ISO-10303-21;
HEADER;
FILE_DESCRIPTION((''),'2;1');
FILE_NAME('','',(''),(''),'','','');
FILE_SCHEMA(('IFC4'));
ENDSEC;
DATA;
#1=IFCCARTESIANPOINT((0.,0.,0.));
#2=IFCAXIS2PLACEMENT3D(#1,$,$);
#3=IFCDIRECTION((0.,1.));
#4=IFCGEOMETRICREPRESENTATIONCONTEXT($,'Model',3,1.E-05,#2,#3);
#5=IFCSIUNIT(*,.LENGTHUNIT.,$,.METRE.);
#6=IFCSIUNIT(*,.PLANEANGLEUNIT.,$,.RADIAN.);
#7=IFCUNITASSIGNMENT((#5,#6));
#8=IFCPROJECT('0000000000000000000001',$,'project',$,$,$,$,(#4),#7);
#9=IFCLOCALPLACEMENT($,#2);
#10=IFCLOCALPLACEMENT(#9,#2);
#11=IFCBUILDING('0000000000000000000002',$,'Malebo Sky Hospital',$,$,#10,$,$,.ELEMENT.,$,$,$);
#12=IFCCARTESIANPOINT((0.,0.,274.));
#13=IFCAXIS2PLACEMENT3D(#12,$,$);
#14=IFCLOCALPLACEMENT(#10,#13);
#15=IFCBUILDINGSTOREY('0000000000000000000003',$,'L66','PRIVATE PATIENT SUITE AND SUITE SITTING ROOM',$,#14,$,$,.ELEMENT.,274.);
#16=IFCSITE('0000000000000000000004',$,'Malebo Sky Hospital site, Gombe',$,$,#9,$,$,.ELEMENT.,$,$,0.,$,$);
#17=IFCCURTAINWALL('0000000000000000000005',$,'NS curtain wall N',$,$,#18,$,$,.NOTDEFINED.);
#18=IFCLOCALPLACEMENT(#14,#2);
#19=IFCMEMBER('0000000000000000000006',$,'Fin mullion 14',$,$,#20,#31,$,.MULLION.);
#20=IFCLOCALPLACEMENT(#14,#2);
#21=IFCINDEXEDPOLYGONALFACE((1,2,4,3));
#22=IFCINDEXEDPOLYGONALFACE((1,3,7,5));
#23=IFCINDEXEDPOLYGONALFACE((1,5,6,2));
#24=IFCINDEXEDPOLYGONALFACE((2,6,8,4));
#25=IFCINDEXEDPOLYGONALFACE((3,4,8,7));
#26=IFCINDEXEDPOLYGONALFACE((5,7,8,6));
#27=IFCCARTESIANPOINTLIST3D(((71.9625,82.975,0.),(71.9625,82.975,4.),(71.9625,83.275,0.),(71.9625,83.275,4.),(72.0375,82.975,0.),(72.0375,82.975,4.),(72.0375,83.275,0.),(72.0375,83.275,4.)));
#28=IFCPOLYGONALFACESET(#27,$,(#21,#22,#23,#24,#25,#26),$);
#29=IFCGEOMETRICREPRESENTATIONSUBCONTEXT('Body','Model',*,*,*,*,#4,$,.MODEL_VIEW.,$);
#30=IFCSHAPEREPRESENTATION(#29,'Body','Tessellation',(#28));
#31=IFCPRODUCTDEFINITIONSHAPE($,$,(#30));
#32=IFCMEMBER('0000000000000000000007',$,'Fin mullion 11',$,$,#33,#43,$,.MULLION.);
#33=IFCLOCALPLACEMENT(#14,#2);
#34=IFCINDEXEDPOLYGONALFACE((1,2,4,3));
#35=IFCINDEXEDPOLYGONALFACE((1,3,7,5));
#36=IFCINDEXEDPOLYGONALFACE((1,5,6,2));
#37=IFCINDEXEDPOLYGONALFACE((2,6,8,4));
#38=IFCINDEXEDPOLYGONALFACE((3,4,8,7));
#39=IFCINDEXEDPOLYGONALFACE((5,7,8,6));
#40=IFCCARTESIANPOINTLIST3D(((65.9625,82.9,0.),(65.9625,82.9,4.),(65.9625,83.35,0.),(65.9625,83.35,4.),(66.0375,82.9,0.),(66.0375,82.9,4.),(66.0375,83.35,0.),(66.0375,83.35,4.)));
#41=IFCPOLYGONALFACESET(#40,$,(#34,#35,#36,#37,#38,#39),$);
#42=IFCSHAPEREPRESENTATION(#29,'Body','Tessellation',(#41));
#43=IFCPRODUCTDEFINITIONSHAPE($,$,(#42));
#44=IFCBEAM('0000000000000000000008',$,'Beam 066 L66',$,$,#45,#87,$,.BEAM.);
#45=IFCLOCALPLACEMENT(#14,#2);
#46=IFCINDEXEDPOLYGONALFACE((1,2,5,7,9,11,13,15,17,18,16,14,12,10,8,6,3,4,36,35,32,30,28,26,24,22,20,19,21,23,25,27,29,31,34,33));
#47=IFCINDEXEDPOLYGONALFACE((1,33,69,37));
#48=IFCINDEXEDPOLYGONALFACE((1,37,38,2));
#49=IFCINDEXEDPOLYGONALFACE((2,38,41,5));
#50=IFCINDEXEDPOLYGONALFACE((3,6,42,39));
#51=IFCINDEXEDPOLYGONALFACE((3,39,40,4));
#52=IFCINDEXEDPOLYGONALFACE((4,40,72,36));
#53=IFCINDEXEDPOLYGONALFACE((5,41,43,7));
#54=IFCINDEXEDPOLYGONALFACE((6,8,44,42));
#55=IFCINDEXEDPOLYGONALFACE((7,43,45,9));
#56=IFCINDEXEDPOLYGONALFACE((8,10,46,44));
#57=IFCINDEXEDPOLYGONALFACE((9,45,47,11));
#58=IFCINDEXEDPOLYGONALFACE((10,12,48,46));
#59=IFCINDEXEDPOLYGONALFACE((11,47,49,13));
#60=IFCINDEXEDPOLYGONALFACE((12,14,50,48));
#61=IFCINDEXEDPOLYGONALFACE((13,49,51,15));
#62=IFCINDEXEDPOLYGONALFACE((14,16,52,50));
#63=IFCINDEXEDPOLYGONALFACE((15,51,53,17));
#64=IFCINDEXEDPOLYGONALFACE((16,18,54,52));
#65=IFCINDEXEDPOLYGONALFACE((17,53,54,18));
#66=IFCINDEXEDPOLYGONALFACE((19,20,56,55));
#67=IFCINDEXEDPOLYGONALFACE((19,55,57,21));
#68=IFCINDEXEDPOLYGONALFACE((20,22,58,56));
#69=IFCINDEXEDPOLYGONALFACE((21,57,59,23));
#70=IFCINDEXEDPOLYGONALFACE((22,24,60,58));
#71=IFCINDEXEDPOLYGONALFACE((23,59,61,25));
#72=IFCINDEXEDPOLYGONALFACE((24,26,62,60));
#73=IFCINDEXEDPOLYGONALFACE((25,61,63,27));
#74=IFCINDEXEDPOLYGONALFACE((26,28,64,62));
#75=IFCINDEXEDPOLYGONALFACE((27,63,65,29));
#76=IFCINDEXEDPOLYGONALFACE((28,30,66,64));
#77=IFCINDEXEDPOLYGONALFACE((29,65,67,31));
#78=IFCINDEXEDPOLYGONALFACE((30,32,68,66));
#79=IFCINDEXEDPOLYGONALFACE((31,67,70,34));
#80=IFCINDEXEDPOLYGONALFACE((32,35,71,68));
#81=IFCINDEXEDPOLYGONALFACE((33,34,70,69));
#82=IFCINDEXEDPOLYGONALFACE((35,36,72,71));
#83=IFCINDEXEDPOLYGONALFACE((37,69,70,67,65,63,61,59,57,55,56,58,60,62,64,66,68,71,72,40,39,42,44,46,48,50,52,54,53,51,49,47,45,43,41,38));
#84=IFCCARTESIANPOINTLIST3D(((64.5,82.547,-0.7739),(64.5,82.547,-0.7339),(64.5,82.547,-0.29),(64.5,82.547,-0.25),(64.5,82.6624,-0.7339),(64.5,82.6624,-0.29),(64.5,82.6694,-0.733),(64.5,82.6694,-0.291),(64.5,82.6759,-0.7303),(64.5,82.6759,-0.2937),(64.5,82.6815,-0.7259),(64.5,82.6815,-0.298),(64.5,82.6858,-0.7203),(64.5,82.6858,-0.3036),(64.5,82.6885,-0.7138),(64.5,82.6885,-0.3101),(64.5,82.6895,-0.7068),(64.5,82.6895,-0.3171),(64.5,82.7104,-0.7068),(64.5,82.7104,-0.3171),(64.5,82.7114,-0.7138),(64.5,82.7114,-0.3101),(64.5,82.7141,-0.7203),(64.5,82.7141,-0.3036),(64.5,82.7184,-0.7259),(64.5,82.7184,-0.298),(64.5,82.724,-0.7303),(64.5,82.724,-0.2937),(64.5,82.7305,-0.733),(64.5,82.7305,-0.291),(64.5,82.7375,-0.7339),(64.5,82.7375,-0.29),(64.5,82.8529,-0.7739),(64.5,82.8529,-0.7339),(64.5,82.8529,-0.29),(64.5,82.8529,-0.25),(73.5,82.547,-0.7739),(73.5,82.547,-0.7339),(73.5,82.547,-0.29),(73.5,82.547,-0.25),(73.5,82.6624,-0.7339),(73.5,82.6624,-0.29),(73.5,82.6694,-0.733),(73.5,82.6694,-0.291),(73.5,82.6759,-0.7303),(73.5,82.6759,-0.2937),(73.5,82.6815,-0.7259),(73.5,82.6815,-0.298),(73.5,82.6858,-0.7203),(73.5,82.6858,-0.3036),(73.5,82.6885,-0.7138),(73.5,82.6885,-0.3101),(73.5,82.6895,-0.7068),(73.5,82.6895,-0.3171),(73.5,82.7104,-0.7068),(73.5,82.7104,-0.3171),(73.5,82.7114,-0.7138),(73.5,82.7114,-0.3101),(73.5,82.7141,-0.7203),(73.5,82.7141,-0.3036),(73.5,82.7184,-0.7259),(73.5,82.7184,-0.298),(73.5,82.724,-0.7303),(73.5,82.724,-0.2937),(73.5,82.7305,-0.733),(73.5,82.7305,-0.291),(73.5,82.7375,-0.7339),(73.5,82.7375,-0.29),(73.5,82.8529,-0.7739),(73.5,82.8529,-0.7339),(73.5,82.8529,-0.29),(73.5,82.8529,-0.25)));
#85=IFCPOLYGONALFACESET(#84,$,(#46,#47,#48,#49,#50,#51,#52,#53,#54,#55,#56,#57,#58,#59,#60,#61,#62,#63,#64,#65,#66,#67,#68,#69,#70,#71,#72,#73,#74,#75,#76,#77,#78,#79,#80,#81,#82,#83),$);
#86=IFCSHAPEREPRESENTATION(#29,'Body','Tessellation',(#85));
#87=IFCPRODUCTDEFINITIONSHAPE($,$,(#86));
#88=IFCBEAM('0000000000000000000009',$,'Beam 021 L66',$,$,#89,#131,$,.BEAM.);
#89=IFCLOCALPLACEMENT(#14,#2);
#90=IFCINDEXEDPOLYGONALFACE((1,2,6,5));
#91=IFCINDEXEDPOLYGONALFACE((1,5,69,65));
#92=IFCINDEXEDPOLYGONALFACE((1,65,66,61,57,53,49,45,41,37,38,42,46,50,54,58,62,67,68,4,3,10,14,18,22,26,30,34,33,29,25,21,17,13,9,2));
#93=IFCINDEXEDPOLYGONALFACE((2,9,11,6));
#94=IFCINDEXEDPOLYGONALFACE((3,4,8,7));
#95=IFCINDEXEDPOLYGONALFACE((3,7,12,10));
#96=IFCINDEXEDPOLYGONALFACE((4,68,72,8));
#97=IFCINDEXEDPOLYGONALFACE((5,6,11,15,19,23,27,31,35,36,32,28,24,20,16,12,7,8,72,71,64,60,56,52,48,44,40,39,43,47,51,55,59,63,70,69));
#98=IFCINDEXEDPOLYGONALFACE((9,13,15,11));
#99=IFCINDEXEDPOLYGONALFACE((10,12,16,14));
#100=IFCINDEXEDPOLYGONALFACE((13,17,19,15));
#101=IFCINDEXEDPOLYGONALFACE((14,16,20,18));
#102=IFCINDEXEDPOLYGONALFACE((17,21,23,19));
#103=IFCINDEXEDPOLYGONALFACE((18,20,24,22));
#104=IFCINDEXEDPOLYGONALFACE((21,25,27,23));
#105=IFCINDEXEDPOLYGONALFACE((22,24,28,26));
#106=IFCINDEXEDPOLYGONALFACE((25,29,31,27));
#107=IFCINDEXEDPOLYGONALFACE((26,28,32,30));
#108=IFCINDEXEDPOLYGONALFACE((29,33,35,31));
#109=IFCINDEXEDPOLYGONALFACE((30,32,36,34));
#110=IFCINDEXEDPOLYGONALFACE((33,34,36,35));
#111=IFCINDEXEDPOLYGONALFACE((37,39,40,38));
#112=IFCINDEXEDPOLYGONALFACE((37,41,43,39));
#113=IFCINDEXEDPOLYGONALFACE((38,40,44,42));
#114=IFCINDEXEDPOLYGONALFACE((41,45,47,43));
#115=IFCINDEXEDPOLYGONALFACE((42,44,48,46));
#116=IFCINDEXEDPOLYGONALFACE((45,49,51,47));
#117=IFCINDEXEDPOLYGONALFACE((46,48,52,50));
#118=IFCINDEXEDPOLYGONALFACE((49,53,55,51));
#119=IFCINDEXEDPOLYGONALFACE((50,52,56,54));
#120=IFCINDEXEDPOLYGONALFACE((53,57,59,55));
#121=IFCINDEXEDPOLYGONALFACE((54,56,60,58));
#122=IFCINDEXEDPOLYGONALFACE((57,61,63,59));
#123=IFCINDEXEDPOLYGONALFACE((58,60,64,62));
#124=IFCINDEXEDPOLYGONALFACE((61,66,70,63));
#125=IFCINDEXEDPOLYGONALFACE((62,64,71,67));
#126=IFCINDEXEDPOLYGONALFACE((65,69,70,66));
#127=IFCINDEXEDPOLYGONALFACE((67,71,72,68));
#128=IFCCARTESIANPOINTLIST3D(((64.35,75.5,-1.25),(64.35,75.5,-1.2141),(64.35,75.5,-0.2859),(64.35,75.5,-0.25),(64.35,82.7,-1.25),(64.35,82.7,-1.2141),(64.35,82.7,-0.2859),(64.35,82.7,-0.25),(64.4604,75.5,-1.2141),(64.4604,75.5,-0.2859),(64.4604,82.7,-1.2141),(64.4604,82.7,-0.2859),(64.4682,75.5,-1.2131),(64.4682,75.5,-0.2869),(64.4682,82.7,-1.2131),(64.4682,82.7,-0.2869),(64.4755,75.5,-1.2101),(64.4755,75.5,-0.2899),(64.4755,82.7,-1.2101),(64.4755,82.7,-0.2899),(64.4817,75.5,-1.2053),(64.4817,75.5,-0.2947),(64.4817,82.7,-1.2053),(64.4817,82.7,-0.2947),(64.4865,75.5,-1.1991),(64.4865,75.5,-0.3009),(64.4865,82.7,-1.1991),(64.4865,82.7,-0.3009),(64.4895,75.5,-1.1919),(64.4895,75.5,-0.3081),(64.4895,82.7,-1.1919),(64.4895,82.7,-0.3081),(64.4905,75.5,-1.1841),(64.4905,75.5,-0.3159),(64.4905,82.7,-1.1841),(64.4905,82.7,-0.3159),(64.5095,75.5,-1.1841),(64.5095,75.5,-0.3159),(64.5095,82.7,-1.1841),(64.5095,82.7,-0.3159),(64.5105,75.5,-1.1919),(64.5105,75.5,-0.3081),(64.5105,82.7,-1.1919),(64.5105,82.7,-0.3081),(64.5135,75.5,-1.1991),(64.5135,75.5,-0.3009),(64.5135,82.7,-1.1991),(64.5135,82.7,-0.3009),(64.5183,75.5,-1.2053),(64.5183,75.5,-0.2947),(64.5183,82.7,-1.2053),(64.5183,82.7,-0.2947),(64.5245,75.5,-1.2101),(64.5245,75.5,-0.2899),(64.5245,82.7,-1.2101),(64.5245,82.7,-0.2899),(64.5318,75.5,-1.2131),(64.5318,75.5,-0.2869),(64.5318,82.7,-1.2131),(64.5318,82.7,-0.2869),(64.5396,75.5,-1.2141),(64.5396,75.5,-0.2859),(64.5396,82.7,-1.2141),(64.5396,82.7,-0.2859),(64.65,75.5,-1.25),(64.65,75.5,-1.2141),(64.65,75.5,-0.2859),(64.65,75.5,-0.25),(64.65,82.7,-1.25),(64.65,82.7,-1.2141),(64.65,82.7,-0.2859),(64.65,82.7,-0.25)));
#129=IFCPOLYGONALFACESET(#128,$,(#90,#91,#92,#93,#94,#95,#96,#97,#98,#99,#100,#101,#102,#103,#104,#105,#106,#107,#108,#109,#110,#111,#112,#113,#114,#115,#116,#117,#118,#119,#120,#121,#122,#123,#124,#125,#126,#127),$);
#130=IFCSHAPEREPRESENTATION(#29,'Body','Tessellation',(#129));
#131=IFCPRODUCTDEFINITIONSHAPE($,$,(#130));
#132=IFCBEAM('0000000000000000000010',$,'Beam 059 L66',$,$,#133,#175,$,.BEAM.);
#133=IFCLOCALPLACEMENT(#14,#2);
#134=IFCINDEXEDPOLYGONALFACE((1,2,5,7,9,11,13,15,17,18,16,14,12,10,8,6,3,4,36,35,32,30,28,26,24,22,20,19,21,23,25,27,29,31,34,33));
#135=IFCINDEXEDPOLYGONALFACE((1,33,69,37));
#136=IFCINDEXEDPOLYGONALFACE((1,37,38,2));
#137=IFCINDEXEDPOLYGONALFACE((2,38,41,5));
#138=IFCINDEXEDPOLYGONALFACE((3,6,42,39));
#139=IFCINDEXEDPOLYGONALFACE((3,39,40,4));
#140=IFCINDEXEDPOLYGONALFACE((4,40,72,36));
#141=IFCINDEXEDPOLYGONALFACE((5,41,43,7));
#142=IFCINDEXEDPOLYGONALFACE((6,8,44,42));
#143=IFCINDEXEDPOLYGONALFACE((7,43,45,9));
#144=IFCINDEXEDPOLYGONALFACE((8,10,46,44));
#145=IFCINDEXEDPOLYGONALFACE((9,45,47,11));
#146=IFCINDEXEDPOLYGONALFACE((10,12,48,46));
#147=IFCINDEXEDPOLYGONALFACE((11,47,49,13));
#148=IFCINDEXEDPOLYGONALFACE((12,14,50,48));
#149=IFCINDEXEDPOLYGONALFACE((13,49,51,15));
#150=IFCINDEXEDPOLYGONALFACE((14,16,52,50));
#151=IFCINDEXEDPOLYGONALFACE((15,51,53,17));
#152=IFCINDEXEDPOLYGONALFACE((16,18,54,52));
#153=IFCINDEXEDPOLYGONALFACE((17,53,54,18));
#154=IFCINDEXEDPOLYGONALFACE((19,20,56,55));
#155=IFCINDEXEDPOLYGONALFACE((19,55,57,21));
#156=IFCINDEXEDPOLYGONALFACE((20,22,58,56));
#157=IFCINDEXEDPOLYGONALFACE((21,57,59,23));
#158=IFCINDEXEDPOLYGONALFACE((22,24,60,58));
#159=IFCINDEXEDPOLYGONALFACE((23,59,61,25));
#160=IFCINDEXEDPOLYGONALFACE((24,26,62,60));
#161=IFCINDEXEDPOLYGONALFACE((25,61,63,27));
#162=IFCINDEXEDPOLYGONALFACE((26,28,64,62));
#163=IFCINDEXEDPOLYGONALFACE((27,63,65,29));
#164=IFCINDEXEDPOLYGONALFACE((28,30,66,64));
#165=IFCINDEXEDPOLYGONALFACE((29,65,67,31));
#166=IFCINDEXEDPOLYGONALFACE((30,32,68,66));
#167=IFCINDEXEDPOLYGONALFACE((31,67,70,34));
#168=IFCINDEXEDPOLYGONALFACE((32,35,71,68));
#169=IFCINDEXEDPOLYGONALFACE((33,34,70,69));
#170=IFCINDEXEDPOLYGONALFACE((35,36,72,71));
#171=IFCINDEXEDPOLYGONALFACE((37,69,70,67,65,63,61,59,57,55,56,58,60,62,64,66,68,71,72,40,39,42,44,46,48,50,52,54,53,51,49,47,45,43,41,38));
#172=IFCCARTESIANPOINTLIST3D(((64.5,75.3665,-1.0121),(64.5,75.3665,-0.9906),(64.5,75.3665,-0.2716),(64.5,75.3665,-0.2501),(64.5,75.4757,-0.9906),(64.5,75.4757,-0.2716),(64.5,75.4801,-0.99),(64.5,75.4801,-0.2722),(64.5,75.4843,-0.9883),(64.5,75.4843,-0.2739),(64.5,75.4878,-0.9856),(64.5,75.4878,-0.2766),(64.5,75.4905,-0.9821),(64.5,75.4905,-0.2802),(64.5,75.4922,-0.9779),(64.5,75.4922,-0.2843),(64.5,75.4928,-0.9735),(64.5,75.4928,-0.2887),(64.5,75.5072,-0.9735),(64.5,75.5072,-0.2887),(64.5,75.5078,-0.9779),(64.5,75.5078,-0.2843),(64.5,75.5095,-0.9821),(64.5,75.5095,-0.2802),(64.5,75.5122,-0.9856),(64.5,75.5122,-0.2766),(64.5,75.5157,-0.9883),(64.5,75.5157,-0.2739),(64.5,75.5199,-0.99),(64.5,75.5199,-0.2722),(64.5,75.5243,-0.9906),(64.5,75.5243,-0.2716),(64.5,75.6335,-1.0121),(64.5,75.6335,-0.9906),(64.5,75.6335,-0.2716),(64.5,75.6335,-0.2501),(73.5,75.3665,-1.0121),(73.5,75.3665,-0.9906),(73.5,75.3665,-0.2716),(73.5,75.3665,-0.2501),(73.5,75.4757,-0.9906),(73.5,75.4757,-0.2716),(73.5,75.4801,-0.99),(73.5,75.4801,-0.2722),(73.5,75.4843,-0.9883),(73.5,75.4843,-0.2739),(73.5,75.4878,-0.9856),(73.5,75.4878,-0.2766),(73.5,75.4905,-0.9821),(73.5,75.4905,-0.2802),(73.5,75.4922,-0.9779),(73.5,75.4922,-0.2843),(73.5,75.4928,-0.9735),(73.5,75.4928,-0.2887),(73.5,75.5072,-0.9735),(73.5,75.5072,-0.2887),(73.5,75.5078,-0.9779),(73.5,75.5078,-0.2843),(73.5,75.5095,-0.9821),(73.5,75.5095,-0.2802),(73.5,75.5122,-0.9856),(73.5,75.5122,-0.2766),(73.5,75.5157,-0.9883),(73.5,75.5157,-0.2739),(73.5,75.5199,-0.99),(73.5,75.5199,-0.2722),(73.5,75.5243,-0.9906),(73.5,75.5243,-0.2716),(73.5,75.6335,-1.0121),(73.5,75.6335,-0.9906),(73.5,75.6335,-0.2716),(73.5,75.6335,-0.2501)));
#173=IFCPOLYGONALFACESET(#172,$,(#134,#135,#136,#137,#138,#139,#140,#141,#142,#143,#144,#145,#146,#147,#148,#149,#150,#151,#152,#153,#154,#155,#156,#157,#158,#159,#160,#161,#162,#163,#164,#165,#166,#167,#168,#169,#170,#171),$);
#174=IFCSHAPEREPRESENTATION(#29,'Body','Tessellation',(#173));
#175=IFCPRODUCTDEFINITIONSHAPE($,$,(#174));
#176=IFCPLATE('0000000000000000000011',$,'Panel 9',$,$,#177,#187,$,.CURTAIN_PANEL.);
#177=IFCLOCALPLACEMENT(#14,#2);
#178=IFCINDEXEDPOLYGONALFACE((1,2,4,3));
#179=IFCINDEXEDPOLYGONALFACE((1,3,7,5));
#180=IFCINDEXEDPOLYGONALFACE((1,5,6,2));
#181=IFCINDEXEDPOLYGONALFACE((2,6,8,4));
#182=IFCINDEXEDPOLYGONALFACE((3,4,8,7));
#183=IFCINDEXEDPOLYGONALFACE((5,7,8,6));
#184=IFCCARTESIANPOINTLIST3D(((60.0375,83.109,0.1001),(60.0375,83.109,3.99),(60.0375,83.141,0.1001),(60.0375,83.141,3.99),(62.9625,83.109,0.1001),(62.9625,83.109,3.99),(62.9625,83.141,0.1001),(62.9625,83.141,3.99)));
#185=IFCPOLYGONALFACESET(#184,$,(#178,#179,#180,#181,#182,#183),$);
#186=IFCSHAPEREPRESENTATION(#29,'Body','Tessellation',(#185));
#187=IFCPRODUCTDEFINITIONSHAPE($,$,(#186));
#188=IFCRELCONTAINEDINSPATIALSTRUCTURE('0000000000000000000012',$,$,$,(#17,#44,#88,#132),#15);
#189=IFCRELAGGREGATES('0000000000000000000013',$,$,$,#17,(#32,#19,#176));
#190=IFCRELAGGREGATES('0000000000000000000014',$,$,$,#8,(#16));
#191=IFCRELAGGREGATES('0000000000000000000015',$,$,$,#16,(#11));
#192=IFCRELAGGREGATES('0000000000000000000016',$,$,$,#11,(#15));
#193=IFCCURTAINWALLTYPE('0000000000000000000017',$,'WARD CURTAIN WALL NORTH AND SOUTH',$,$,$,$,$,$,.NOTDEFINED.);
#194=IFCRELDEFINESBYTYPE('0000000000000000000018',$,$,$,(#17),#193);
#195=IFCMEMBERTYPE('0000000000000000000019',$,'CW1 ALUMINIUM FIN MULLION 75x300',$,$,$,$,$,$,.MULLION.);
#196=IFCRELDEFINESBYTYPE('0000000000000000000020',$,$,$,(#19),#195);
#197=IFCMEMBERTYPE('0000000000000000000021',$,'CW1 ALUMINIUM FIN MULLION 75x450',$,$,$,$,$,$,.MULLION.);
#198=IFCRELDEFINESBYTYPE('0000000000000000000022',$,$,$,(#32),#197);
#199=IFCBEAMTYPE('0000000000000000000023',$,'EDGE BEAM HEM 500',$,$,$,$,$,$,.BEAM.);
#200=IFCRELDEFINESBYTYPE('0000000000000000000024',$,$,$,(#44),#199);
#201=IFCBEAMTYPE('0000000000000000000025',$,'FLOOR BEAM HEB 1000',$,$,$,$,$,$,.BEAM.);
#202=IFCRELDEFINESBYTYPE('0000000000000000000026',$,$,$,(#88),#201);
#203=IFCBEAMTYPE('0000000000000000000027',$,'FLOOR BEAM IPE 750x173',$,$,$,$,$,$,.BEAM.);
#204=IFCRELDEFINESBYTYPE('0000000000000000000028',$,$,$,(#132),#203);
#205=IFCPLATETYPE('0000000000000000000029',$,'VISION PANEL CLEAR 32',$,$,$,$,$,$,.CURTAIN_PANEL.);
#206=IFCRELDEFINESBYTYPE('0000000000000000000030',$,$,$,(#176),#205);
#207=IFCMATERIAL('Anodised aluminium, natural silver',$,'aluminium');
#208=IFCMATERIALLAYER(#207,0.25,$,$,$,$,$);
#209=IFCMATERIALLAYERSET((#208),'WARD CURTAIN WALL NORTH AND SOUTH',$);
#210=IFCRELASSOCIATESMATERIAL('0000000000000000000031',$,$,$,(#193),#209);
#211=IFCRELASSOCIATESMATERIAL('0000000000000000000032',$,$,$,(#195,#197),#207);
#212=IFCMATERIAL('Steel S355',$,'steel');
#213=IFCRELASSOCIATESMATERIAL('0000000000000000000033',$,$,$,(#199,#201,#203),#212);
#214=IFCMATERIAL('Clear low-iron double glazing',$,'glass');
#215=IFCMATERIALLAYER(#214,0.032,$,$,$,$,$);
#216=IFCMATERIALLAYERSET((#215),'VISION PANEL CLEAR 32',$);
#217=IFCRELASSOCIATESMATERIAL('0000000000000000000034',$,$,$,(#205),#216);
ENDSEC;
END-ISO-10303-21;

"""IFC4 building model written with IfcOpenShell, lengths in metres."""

from ifc_helpers import new_model, si_unit, direction, frame, origin, origin_2d, place, context, subcontext, project, spatial, rectangle, i_section, extrude, material, layer, layer_set, material_profile, profile_set, type_object, element, aggregate, save


model = new_model("IFC4")

# Units and contexts
model_context = context("Model", 3, precision=1e-05, world=origin(), true_north=direction((0.0, 1.0)))
body_context = subcontext(model_context, "Body", "Model", "MODEL_VIEW")
ifc_project = project(units=[si_unit("LENGTHUNIT", "METRE"), si_unit("PLANEANGLEUNIT", "RADIAN")], contexts=[model_context])

# Site, building, storey
site_placement = place(None, origin())
site = spatial("IfcSite", under=ifc_project, at=site_placement, Name="Malebo Sky Hospital site, Gombe", CompositionType="ELEMENT", RefElevation=0.0)
building_placement = place(site_placement, origin())
building = spatial("IfcBuilding", under=site, at=building_placement, Name="Malebo Sky Hospital", CompositionType="ELEMENT")
storey_placement = place(building_placement, frame((0.0, 0.0, 274.0)))
storey = spatial("IfcBuildingStorey", under=building, at=storey_placement, Name="L66", Description="PRIVATE PATIENT SUITE AND SUITE SITTING ROOM", CompositionType="ELEMENT", Elevation=274.0)

# Curtain wall
ifc_material_1 = material(Name="Anodised aluminium, natural silver", Category="aluminium")
ifc_layer_1 = layer(ifc_material_1, 0.25)
ifc_layer_set_1 = layer_set([ifc_layer_1], Name="WARD CURTAIN WALL NORTH AND SOUTH")
curtain_wall_type = type_object("IfcCurtainWallType", Name="WARD CURTAIN WALL NORTH AND SOUTH", PredefinedType="NOTDEFINED", material=ifc_layer_set_1)
curtain_wall_placement = place(storey_placement, origin())
curtain_wall = element("IfcCurtainWall", 1, at=curtain_wall_placement, inside=storey, type_object=curtain_wall_type, Name="NS curtain wall N", PredefinedType="NOTDEFINED")

# Members
ifc_material_2 = material(Name="Steel S355", Category="steel")
ifc_material_profile_1 = material_profile(ifc_material_1, rectangle(XDim=0.075, YDim=0.3, at=origin_2d()), Name="CW1 ALUMINIUM FIN MULLION 75x300")
ifc_profile_set_1 = profile_set([ifc_material_profile_1], Name="Anodised aluminium, natural silver")
member_type_1 = type_object("IfcMemberType", Name="CW1 ALUMINIUM FIN MULLION 75x300", PredefinedType="MULLION", material=ifc_profile_set_1)
member_1_placement = place(storey_placement, frame((72.0, 83.125, 0.0), z_axis=(0.0, 0.0, 1.0), x_axis=(1.0, 0.0, 0.0)))
member_1 = element("IfcMember", 2, at=member_1_placement, type_object=member_type_1, Name="Fin mullion 14", PredefinedType="MULLION", context=body_context, shape_type="SweptSolid", body=[
    extrude(rectangle(XDim=0.075, YDim=0.3, at=origin_2d()), origin(), (0.0, 0.0, 1.0), 4.0),
])
ifc_material_profile_2 = material_profile(ifc_material_1, rectangle(XDim=0.075, YDim=0.45, at=origin_2d()), Name="CW1 ALUMINIUM FIN MULLION 75x450")
ifc_profile_set_2 = profile_set([ifc_material_profile_2], Name="Anodised aluminium, natural silver")
member_type_2 = type_object("IfcMemberType", Name="CW1 ALUMINIUM FIN MULLION 75x450", PredefinedType="MULLION", material=ifc_profile_set_2)
member_2_placement = place(storey_placement, frame((66.0, 83.125, 0.0), z_axis=(0.0, 0.0, 1.0), x_axis=(1.0, 0.0, 0.0)))
member_2 = element("IfcMember", 3, at=member_2_placement, type_object=member_type_2, Name="Fin mullion 11", PredefinedType="MULLION", context=body_context, shape_type="SweptSolid", body=[
    extrude(rectangle(XDim=0.075, YDim=0.45, at=origin_2d()), origin(), (0.0, 0.0, 1.0), 4.0),
])

# Beams
ifc_material_profile_3 = material_profile(ifc_material_2, i_section(OverallWidth=0.3059, OverallDepth=0.5239, WebThickness=0.021, FlangeThickness=0.04, FilletRadius=0.0271, at=origin_2d()), Name="HEM 500")
ifc_profile_set_3 = profile_set([ifc_material_profile_3], Name="Steel S355")
beam_type_1 = type_object("IfcBeamType", Name="EDGE BEAM HEM 500", PredefinedType="BEAM", material=ifc_profile_set_3)
beam_1_placement = place(storey_placement, frame((64.5, 82.7, -0.512), z_axis=(1.0, 0.0, 0.0), x_axis=(0.0, 1.0, 0.0)))
element("IfcBeam", 4, at=beam_1_placement, inside=storey, type_object=beam_type_1, Name="Beam 066 L66", PredefinedType="BEAM", context=body_context, shape_type="SweptSolid", body=[
    extrude(i_section(OverallWidth=0.3059, OverallDepth=0.5239, WebThickness=0.021, FlangeThickness=0.04, FilletRadius=0.0271, at=origin_2d()), origin(), (0.0, 0.0, 1.0), 9.0),
])
ifc_material_profile_4 = material_profile(ifc_material_2, i_section(OverallWidth=0.3, OverallDepth=1.0, WebThickness=0.019, FlangeThickness=0.0359, FilletRadius=0.03, at=origin_2d()), Name="HEB 1000")
ifc_profile_set_4 = profile_set([ifc_material_profile_4], Name="Steel S355")
beam_type_2 = type_object("IfcBeamType", Name="FLOOR BEAM HEB 1000", PredefinedType="BEAM", material=ifc_profile_set_4)
beam_2_placement = place(storey_placement, frame((64.5, 75.5, -0.75), z_axis=(0.0, 1.0, 0.0), x_axis=(-1.0, 0.0, 0.0)))
element("IfcBeam", 5, at=beam_2_placement, inside=storey, type_object=beam_type_2, Name="Beam 021 L66", PredefinedType="BEAM", context=body_context, shape_type="SweptSolid", body=[
    extrude(i_section(OverallWidth=0.3, OverallDepth=1.0, WebThickness=0.019, FlangeThickness=0.0359, FilletRadius=0.03, at=origin_2d()), origin(), (0.0, 0.0, 1.0), 7.2),
])
ifc_material_profile_5 = material_profile(ifc_material_2, i_section(OverallWidth=0.2671, OverallDepth=0.762, WebThickness=0.0144, FlangeThickness=0.0215, FilletRadius=0.0171, at=origin_2d()), Name="IPE 750x173")
ifc_profile_set_5 = profile_set([ifc_material_profile_5], Name="Steel S355")
beam_type_3 = type_object("IfcBeamType", Name="FLOOR BEAM IPE 750x173", PredefinedType="BEAM", material=ifc_profile_set_5)
beam_3_placement = place(storey_placement, frame((64.5, 75.5, -0.6311), z_axis=(1.0, 0.0, 0.0), x_axis=(0.0, 1.0, 0.0)))
element("IfcBeam", 6, at=beam_3_placement, inside=storey, type_object=beam_type_3, Name="Beam 059 L66", PredefinedType="BEAM", context=body_context, shape_type="SweptSolid", body=[
    extrude(i_section(OverallWidth=0.2671, OverallDepth=0.762, WebThickness=0.0144, FlangeThickness=0.0215, FilletRadius=0.0171, at=origin_2d()), origin(), (0.0, 0.0, 1.0), 9.0),
])

# Plate
ifc_material_3 = material(Name="Clear low-iron double glazing", Category="glass")
ifc_layer_2 = layer(ifc_material_3, 0.032)
ifc_layer_set_2 = layer_set([ifc_layer_2], Name="VISION PANEL CLEAR 32")
plate_type = type_object("IfcPlateType", Name="VISION PANEL CLEAR 32", PredefinedType="CURTAIN_PANEL", material=ifc_layer_set_2)
plate_1_placement = place(storey_placement, frame((61.5, 83.125, 0.1001), z_axis=(0.0, 0.0, 1.0), x_axis=(1.0, 0.0, 0.0)))
plate_1 = element("IfcPlate", 7, at=plate_1_placement, type_object=plate_type, Name="Panel 9", PredefinedType="CURTAIN_PANEL", context=body_context, shape_type="SweptSolid", body=[
    extrude(rectangle(XDim=2.925, YDim=0.032, at=origin_2d()), origin(), (0.0, 0.0, 1.0), 3.8899),
])
aggregate(curtain_wall, [member_2, member_1, plate_1])

save(model, "model.ifc")
